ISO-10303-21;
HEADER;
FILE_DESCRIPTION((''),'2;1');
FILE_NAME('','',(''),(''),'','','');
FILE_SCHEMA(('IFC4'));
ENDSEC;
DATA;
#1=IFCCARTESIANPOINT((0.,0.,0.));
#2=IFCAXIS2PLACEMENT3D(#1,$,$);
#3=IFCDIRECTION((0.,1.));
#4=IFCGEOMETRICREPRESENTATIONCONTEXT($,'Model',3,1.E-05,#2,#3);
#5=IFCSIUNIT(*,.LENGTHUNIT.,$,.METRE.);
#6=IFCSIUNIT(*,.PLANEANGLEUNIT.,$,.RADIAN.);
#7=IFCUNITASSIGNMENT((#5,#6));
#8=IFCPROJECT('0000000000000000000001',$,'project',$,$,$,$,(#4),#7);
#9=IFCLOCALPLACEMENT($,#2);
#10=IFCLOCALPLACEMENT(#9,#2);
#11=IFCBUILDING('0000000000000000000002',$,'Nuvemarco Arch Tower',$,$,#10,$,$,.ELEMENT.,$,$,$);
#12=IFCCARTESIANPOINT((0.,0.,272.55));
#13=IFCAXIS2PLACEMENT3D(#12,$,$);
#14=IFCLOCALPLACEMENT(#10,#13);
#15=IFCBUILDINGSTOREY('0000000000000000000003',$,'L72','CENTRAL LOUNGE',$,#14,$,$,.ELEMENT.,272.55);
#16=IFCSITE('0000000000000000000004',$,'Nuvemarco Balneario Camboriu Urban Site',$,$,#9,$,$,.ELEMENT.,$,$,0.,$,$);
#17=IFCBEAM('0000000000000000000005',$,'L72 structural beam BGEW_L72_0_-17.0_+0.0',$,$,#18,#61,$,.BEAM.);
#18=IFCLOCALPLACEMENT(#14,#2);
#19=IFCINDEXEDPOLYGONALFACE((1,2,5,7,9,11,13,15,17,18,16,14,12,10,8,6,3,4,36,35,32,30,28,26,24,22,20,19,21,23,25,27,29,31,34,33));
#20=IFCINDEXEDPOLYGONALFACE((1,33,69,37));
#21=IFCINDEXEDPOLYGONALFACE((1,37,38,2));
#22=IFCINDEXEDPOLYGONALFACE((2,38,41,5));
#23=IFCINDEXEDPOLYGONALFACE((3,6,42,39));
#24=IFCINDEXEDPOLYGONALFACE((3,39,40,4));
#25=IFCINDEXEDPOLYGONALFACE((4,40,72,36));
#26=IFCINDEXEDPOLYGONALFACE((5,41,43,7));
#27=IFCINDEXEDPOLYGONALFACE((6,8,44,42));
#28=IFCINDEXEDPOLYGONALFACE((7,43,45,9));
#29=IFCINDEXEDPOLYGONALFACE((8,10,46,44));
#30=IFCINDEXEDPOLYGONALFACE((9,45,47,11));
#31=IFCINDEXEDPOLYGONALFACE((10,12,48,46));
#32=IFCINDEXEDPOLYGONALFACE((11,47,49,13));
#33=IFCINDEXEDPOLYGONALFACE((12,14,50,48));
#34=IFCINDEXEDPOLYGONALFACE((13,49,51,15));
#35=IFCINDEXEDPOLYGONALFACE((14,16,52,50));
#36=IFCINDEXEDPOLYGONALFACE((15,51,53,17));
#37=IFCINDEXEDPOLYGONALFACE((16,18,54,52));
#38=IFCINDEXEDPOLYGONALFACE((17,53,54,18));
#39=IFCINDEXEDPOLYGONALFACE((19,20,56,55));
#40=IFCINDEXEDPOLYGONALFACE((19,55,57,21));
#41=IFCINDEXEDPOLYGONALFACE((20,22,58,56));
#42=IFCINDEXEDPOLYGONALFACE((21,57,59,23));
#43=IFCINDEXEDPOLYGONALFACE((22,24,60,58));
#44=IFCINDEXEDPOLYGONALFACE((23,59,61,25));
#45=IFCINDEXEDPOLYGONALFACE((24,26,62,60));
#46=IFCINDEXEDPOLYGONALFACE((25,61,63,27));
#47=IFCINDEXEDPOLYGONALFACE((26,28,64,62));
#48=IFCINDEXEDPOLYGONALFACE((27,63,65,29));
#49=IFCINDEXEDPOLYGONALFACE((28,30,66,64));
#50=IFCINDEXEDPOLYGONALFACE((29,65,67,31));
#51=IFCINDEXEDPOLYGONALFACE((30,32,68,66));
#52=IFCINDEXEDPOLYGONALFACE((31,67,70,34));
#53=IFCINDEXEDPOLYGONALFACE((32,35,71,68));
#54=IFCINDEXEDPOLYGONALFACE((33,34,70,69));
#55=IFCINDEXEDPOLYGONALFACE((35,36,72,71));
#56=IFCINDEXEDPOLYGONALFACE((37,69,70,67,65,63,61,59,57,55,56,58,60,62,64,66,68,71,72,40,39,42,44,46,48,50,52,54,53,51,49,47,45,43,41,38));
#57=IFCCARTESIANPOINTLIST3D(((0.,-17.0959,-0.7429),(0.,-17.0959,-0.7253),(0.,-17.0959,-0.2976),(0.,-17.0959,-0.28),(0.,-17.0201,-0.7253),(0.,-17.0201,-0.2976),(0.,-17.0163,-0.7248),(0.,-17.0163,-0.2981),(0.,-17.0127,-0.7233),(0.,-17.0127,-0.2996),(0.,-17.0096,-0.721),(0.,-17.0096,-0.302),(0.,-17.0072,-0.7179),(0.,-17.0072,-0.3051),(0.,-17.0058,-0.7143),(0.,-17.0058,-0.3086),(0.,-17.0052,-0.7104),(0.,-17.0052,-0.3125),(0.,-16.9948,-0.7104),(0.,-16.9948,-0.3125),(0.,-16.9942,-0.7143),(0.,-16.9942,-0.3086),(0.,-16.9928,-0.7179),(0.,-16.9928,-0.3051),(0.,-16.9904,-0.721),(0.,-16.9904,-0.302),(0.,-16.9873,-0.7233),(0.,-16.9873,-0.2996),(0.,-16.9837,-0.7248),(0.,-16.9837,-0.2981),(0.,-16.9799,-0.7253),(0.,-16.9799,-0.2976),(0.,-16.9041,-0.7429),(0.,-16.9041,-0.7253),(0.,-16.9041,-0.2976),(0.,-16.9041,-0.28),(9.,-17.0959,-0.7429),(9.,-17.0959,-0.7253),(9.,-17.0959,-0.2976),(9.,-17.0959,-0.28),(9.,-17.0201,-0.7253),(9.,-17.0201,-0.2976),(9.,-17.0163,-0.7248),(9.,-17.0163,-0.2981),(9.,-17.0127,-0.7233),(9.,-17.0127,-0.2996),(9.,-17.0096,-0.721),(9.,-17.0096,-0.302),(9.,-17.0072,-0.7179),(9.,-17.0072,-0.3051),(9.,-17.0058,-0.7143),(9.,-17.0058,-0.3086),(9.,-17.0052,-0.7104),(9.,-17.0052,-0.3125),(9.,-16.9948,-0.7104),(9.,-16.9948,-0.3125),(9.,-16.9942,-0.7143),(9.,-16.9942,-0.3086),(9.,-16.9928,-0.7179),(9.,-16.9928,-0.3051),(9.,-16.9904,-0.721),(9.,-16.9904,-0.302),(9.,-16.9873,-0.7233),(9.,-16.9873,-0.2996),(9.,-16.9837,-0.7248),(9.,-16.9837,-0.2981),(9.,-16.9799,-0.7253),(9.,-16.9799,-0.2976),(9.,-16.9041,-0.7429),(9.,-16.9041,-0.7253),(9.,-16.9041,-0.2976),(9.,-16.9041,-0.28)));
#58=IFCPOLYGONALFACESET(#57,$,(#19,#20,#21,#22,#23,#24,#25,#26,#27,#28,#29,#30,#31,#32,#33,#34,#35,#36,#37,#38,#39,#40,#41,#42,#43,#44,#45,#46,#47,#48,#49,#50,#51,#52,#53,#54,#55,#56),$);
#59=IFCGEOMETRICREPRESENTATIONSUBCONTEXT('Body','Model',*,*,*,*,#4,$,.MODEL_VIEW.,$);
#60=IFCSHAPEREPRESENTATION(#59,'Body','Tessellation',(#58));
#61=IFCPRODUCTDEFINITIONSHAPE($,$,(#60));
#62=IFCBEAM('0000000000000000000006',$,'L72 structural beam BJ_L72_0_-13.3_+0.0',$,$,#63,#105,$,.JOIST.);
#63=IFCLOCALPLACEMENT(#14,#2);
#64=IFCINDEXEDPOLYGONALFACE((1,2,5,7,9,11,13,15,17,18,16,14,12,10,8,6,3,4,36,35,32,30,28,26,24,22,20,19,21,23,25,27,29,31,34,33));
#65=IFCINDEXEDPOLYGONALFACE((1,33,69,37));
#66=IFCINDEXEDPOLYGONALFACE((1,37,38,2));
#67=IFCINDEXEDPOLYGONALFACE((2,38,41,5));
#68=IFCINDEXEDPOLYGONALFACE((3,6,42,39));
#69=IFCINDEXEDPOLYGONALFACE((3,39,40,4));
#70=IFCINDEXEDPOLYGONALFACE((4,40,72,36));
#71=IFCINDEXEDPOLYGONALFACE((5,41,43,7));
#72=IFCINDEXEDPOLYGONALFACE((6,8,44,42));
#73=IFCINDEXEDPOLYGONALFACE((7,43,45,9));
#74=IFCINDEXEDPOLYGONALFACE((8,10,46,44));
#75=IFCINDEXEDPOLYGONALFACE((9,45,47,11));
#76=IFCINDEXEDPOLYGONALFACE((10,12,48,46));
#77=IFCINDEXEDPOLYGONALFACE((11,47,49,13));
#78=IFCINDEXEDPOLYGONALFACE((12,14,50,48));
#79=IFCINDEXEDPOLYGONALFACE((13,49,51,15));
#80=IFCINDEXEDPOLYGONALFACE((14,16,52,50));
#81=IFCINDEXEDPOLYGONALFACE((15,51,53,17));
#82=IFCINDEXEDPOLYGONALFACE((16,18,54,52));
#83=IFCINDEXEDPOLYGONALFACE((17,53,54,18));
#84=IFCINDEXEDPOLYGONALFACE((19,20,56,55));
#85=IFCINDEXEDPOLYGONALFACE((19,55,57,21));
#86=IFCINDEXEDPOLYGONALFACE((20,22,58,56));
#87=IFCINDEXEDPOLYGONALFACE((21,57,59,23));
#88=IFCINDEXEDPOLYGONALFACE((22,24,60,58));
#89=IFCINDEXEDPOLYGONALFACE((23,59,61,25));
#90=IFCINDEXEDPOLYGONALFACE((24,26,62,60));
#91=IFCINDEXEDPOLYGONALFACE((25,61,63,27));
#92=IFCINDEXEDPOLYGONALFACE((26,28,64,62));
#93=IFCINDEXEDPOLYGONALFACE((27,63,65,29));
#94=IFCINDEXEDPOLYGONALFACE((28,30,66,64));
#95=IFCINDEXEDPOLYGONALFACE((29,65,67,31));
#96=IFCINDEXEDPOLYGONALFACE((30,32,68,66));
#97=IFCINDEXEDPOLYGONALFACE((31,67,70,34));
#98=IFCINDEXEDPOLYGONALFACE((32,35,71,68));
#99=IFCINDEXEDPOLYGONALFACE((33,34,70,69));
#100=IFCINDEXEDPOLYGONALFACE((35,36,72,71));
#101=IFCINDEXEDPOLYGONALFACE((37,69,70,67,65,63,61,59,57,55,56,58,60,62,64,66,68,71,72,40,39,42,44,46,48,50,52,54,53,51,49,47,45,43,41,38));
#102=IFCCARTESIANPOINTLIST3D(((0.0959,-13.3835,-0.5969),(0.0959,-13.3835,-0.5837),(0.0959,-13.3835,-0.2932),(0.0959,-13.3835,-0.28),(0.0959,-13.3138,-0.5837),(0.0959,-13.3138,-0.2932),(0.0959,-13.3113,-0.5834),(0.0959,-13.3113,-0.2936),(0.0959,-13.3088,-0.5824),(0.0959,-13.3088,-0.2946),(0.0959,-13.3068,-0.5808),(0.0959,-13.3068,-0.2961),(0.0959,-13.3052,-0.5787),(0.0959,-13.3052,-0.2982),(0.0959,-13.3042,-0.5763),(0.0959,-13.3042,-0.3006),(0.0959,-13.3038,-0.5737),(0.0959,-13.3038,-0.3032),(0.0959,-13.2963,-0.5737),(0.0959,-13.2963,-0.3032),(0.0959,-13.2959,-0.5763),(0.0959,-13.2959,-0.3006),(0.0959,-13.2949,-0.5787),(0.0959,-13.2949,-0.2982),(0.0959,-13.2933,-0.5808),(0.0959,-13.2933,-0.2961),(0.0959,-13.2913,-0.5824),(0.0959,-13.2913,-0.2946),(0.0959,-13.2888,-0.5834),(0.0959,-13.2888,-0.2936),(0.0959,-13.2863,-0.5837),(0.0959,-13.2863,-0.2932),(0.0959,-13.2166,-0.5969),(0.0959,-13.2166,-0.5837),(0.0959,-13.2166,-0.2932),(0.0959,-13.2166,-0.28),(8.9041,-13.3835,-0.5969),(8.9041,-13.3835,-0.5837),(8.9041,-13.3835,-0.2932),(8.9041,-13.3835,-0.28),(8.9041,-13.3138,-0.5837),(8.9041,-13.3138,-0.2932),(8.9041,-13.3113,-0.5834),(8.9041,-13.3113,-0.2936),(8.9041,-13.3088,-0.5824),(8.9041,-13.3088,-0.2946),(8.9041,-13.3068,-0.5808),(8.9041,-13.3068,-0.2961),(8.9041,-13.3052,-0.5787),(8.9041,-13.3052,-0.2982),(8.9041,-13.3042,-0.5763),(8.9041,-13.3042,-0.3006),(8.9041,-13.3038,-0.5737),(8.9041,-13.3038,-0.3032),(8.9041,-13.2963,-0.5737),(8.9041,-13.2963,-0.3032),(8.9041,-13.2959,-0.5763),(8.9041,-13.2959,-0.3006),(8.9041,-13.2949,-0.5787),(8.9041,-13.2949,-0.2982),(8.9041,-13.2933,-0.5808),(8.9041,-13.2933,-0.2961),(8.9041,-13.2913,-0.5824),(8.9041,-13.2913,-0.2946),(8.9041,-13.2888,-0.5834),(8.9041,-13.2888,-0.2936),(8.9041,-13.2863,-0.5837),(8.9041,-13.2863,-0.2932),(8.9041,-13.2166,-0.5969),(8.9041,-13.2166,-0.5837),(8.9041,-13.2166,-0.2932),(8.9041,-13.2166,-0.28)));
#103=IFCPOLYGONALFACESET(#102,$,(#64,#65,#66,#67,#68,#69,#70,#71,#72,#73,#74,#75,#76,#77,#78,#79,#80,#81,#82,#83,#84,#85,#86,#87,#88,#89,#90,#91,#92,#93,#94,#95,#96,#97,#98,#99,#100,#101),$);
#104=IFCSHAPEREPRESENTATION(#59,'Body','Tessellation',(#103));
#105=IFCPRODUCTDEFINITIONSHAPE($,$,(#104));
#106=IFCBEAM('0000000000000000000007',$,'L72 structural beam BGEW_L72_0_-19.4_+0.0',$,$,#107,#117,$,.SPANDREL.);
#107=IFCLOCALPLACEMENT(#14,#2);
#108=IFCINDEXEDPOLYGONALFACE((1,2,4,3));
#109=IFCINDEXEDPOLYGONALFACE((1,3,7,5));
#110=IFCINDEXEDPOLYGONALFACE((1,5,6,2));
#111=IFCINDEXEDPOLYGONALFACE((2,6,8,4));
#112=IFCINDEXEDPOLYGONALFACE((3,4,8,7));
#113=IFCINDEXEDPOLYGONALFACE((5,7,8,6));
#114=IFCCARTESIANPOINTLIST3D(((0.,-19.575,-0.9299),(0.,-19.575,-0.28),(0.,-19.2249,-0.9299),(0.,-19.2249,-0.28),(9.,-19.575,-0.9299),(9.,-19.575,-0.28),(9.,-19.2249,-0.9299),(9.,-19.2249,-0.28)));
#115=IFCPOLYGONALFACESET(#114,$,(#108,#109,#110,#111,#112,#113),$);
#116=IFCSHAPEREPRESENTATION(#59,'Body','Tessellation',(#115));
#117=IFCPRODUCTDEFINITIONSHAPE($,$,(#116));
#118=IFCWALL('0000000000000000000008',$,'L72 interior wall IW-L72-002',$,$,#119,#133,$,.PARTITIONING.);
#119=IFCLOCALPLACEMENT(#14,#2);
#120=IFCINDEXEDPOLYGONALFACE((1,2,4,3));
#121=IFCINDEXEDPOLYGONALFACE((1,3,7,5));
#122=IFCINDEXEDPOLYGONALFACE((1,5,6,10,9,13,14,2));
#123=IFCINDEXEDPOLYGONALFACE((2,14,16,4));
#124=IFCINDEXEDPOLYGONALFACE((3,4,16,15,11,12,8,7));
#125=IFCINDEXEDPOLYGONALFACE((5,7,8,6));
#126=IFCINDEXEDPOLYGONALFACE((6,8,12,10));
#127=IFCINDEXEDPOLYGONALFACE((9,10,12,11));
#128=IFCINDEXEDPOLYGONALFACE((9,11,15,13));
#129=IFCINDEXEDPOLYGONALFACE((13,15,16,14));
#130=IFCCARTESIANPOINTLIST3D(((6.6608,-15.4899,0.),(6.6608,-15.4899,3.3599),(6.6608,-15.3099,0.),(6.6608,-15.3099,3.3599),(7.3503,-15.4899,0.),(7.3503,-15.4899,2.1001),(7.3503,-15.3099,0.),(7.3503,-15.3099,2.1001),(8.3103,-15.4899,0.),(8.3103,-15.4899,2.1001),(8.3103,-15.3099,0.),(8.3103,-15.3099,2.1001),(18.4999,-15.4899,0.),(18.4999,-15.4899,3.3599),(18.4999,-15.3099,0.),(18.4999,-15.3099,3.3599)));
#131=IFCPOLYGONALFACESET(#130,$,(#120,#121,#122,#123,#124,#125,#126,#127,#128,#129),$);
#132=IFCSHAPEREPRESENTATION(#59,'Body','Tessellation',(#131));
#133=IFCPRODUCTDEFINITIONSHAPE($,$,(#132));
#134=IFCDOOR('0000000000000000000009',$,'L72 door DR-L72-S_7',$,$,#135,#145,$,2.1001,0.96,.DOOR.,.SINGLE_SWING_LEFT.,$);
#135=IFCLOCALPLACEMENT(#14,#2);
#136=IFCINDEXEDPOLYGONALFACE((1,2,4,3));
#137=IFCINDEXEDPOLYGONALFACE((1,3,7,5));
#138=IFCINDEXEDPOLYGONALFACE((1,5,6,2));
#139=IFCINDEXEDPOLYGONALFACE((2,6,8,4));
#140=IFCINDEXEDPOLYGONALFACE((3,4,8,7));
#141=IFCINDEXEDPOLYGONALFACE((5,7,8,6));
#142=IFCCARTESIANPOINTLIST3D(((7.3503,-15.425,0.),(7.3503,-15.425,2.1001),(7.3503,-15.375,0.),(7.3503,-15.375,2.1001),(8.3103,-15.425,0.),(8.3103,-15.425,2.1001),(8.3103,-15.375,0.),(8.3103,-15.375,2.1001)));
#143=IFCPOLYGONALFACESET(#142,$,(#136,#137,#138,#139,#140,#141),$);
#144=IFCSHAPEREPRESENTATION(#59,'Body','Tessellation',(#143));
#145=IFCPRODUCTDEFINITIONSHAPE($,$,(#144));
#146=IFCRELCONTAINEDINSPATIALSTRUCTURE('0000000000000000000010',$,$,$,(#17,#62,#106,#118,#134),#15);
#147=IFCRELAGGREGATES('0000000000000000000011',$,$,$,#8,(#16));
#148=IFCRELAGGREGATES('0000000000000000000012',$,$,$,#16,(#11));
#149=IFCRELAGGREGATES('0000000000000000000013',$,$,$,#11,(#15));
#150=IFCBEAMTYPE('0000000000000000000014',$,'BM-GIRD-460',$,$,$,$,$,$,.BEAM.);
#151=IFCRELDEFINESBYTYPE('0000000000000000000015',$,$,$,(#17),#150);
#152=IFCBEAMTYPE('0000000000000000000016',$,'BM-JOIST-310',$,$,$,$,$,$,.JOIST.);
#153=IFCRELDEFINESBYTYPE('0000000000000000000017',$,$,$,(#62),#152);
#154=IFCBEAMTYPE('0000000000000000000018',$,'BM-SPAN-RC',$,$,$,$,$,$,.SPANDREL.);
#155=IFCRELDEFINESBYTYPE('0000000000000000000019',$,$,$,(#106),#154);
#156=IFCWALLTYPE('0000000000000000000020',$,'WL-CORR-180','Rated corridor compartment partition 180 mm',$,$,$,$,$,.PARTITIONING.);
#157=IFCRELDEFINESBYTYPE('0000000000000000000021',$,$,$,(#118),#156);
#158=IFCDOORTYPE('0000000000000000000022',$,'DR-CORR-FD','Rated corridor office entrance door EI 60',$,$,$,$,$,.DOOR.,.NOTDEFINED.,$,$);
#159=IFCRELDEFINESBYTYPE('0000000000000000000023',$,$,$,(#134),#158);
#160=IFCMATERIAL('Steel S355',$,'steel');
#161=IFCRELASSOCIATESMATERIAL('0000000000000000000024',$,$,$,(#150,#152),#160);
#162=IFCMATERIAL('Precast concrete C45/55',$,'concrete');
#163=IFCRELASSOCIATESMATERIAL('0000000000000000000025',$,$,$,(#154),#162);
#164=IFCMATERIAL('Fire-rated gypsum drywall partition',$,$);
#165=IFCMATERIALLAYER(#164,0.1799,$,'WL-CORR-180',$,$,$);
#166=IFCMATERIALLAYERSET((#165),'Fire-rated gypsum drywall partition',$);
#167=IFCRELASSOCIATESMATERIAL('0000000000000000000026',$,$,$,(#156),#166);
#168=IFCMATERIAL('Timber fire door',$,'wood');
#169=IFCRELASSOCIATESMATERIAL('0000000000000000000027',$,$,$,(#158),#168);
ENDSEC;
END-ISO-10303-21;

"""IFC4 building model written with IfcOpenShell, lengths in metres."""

from ifc_helpers import new_model, si_unit, direction, frame, frame_2d, origin, origin_2d, place, context, subcontext, project, spatial, rectangle, i_section, extrude, source, transform, mapped, material, layer, layer_set, material_profile, profile_set, type_object, type_shapes, element, fill, save


model = new_model("IFC4")

# Units and contexts
model_context = context("Model", 3, precision=1e-05, world=origin(), true_north=direction((0.0, 1.0)))
body_context = subcontext(model_context, "Body", "Model", "MODEL_VIEW")
ifc_project = project(units=[si_unit("LENGTHUNIT", "METRE"), si_unit("PLANEANGLEUNIT", "RADIAN")], contexts=[model_context])

# Site, building, storey
site_placement = place(None, origin())
site = spatial("IfcSite", under=ifc_project, at=site_placement, Name="Nuvemarco Balneario Camboriu Urban Site", CompositionType="ELEMENT", RefElevation=0.0)
building_placement = place(site_placement, origin())
building = spatial("IfcBuilding", under=site, at=building_placement, Name="Nuvemarco Arch Tower", CompositionType="ELEMENT")
storey_placement = place(building_placement, frame((0.0, 0.0, 272.55)))
storey = spatial("IfcBuildingStorey", under=building, at=storey_placement, Name="L72", Description="CENTRAL LOUNGE", CompositionType="ELEMENT", Elevation=272.55)

# Shared definitions
ifc_material_1 = material(Name="Steel S355", Category="steel")

# Beams
ifc_material_profile_1 = material_profile(ifc_material_1, i_section(OverallWidth=0.1919, OverallDepth=0.4629, WebThickness=0.0105, FlangeThickness=0.0176, FilletRadius=0.0149, at=origin_2d()), Name="W460x89")
ifc_profile_set_1 = profile_set([ifc_material_profile_1], Name="Steel S355")
beam_type_1 = type_object("IfcBeamType", Name="BM-GIRD-460", PredefinedType="BEAM", material=ifc_profile_set_1)
beam_1_placement = place(storey_placement, frame((0.0, -17.0, -0.5115), z_axis=(1.0, 0.0, 0.0), x_axis=(0.0, 1.0, 0.0)))
element("IfcBeam", 1, at=beam_1_placement, inside=storey, type_object=beam_type_1, Name="L72 structural beam BGEW_L72_0_-17.0_+0.0", PredefinedType="BEAM", context=body_context, shape_type="SweptSolid", body=[
    extrude(i_section(OverallWidth=0.1919, OverallDepth=0.4629, WebThickness=0.0105, FlangeThickness=0.0176, FilletRadius=0.0149, at=origin_2d()), origin(), (0.0, 0.0, 1.0), 9.0),
])
ifc_material_profile_2 = material_profile(ifc_material_1, i_section(OverallWidth=0.167, OverallDepth=0.3169, WebThickness=0.0076, FlangeThickness=0.0132, FilletRadius=0.01, at=origin_2d()), Name="W310x52")
ifc_profile_set_2 = profile_set([ifc_material_profile_2], Name="Steel S355")
beam_type_2 = type_object("IfcBeamType", Name="BM-JOIST-310", PredefinedType="JOIST", material=ifc_profile_set_2)
beam_2_placement = place(storey_placement, frame((0.0959, -13.3, -0.4385), z_axis=(1.0, 0.0, 0.0), x_axis=(0.0, 1.0, 0.0)))
element("IfcBeam", 2, at=beam_2_placement, inside=storey, type_object=beam_type_2, Name="L72 structural beam BJ_L72_0_-13.3_+0.0", PredefinedType="JOIST", context=body_context, shape_type="SweptSolid", body=[
    extrude(i_section(OverallWidth=0.167, OverallDepth=0.3169, WebThickness=0.0076, FlangeThickness=0.0132, FilletRadius=0.01, at=origin_2d()), origin(), (0.0, 0.0, 1.0), 8.8081),
])
ifc_material_2 = material(Name="Precast concrete C45/55", Category="concrete")
ifc_material_profile_3 = material_profile(ifc_material_2, rectangle(XDim=0.3501, YDim=0.6499, at=origin_2d()), Name="PC-SP-350x650")
ifc_profile_set_3 = profile_set([ifc_material_profile_3], Name="Precast concrete C45/55")
beam_type_3 = type_object("IfcBeamType", Name="BM-SPAN-RC", PredefinedType="SPANDREL", material=ifc_profile_set_3)
beam_3_placement = place(storey_placement, frame((0.0, -19.3999, -0.605), z_axis=(1.0, 0.0, 0.0), x_axis=(0.0, 1.0, 0.0)))
element("IfcBeam", 3, at=beam_3_placement, inside=storey, type_object=beam_type_3, Name="L72 structural beam BGEW_L72_0_-19.4_+0.0", PredefinedType="SPANDREL", context=body_context, shape_type="SweptSolid", body=[
    extrude(rectangle(XDim=0.3501, YDim=0.6499, at=origin_2d()), origin(), (0.0, 0.0, 1.0), 9.0),
])

# Wall, opening, door
ifc_material_3 = material(Name="Fire-rated gypsum drywall partition")
ifc_layer_1 = layer(ifc_material_3, 0.1799, Name="WL-CORR-180")
ifc_layer_set_1 = layer_set([ifc_layer_1], Name="Fire-rated gypsum drywall partition")
wall_type_1 = type_object("IfcWallType", Name="WL-CORR-180", Description="Rated corridor compartment partition 180 mm", PredefinedType="PARTITIONING", material=ifc_layer_set_1)
wall_1_placement = place(storey_placement, frame((6.6609, -15.3999, 0.0), z_axis=(0.0, 0.0, 1.0), x_axis=(1.0, 0.0, 0.0)))
wall_1 = element("IfcWall", 4, at=wall_1_placement, inside=storey, type_object=wall_type_1, Name="L72 interior wall IW-L72-002", PredefinedType="PARTITIONING", context=body_context, shape_type="SweptSolid", body=[
    extrude(rectangle(XDim=11.8391, YDim=0.1799, at=frame_2d((5.9194, 0.0))), origin(), (0.0, 0.0, 1.0), 3.3599),
])
opening_1_placement = place(wall_1_placement, frame((0.6895, 0.0, 0.0)))
opening_1 = element("IfcOpeningElement", 5, at=opening_1_placement, cuts=wall_1, PredefinedType="OPENING", context=body_context, shape_type="SweptSolid", body=[
    extrude(rectangle(XDim=0.96, YDim=2.1001, at=frame_2d((0.48, 1.05))), frame((0.0, 0.0999, 0.0), z_axis=(0.0, -1.0, 0.0), x_axis=(1.0, 0.0, 0.0)), (0.0, 0.0, 1.0), 0.2),
])
ifc_material_4 = material(Name="Timber fire door", Category="wood")
door_type_1 = type_object("IfcDoorType", Name="DR-CORR-FD", Description="Rated corridor office entrance door EI 60", OperationType="NOTDEFINED", PredefinedType="DOOR", material=ifc_material_4)
shared_shape_1 = source(origin(), body_context, "Body", "SweptSolid", [
    extrude(rectangle(XDim=0.96, YDim=2.1001, at=frame_2d((0.48, 1.05))), frame((0.0, 0.0249, 0.0), z_axis=(0.0, -1.0, 0.0), x_axis=(1.0, 0.0, 0.0)), (0.0, 0.0, 1.0), 0.05),
])
type_shapes(door_type_1, [shared_shape_1])
door_1_placement = place(opening_1_placement, origin())
door_1 = element("IfcDoor", 6, at=door_1_placement, inside=storey, type_object=door_type_1, Name="L72 door DR-L72-S_7", OperationType="SINGLE_SWING_LEFT", OverallHeight=2.1001, OverallWidth=0.96, PredefinedType="DOOR", context=body_context, shape_type="MappedRepresentation", body=[
    mapped(shared_shape_1, transform((0.0, 0.0, 0.0), scale=1.0)),
])
fill(opening_1, door_1)

save(model, "model.ifc")
